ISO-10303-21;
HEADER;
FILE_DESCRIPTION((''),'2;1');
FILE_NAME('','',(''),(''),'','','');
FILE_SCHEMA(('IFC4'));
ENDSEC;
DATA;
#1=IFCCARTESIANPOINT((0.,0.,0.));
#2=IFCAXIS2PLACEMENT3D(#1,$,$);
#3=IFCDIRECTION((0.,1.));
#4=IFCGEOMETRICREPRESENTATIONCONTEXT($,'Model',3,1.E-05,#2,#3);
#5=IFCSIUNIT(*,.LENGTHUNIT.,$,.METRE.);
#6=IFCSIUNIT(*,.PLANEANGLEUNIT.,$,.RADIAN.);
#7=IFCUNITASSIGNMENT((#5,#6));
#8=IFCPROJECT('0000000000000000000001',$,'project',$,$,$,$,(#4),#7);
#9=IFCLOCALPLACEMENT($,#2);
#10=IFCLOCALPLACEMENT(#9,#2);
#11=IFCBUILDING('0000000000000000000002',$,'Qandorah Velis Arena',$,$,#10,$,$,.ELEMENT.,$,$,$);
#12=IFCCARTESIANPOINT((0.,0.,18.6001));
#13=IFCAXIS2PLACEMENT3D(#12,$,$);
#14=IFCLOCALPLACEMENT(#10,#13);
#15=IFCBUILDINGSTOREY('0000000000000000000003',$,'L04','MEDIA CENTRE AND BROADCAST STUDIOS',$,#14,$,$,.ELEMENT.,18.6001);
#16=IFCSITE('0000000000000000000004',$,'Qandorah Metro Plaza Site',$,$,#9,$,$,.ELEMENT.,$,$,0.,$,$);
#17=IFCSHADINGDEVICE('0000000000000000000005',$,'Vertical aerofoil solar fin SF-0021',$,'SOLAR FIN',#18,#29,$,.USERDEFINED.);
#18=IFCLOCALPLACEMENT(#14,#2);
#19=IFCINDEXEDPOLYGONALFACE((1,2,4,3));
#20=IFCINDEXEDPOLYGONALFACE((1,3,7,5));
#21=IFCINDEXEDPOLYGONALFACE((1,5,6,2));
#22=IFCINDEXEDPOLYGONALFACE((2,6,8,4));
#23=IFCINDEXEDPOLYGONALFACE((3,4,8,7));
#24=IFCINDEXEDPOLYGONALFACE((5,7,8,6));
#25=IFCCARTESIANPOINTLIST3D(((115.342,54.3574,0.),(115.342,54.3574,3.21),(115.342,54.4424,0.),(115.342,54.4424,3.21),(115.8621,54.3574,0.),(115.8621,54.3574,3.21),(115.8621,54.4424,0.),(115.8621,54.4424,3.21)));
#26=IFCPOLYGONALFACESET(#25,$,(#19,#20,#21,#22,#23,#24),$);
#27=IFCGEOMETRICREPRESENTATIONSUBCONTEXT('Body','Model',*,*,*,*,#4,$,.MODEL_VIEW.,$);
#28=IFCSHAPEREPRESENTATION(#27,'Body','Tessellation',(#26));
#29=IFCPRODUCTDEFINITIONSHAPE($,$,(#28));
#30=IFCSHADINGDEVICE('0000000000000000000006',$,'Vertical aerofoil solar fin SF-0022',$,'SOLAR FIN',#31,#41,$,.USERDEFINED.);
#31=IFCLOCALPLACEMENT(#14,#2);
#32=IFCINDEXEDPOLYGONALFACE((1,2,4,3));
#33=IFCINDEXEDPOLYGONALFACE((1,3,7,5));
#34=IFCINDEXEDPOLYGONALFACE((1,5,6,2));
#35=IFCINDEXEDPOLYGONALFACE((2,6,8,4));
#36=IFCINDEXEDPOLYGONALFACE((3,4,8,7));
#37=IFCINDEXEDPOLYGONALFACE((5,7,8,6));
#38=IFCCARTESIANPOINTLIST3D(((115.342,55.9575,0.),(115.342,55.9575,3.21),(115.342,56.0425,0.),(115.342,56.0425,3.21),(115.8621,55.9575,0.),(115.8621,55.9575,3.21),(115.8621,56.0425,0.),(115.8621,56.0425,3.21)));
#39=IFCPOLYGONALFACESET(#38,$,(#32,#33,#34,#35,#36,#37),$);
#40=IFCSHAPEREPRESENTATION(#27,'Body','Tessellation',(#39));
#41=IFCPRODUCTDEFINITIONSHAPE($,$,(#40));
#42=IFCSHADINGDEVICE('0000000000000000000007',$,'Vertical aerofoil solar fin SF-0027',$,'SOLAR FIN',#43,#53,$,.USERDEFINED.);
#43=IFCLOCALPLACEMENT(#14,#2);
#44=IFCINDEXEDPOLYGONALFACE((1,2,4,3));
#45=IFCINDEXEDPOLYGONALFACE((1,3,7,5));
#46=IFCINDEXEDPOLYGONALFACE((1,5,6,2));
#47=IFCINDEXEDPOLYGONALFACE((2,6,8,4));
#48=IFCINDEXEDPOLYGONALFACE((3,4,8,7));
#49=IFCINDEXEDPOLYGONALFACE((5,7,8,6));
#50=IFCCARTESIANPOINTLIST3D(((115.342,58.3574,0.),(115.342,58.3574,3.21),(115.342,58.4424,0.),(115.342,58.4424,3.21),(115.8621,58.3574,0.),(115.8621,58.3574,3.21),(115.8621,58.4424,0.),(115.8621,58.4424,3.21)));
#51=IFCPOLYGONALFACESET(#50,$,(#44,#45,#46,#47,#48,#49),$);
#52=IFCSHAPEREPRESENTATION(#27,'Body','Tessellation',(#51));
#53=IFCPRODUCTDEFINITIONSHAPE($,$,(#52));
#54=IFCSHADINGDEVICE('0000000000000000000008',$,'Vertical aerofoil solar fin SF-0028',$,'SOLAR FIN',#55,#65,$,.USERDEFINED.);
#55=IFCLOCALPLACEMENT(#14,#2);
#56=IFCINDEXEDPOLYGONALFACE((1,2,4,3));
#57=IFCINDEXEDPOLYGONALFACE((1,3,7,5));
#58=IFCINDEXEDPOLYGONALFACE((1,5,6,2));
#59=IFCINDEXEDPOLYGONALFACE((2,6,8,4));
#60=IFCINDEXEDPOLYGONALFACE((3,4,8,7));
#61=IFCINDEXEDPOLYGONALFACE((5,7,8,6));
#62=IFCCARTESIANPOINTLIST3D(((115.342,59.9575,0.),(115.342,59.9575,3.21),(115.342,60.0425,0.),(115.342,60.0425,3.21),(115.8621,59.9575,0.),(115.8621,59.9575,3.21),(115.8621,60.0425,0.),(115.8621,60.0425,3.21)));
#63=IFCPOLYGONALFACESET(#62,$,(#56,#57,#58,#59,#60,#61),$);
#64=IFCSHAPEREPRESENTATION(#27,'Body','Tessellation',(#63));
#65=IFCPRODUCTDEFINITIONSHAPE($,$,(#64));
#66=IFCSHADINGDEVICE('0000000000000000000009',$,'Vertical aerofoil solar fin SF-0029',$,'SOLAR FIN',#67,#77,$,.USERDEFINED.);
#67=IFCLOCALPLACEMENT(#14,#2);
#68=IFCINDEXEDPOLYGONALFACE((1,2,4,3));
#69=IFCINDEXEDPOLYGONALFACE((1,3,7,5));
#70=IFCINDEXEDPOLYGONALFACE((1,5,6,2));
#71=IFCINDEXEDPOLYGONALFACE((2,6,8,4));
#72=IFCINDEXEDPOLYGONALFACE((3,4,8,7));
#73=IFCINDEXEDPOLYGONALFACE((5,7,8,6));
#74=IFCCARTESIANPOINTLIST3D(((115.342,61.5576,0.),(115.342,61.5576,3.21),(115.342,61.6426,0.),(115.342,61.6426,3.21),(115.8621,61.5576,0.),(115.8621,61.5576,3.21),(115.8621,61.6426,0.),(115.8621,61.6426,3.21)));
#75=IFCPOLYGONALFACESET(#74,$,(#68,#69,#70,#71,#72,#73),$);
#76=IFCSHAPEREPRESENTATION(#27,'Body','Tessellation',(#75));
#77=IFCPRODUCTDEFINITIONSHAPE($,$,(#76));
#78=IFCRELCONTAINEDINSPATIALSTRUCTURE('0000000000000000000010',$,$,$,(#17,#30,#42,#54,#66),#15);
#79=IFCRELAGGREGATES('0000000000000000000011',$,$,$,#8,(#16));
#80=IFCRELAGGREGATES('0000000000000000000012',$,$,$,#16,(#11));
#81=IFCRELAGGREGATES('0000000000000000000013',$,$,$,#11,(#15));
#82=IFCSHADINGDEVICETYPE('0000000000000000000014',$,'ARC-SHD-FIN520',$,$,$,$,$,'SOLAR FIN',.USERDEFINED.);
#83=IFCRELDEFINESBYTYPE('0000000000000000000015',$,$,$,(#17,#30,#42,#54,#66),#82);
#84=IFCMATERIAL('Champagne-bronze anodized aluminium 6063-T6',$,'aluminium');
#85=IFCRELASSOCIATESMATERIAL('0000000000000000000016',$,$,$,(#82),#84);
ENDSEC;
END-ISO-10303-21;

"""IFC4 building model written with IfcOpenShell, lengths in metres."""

from ifc_helpers import new_model, si_unit, direction, frame, origin, origin_2d, place, context, subcontext, project, spatial, rectangle, extrude, material, type_object, element, save


model = new_model("IFC4")

# Units and contexts
model_context = context("Model", 3, precision=1e-05, world=origin(), true_north=direction((0.0, 1.0)))
body_context = subcontext(model_context, "Body", "Model", "MODEL_VIEW")
ifc_project = project(units=[si_unit("LENGTHUNIT", "METRE"), si_unit("PLANEANGLEUNIT", "RADIAN")], contexts=[model_context])

# Site, building, storey
site_placement = place(None, origin())
site = spatial("IfcSite", under=ifc_project, at=site_placement, Name="Qandorah Metro Plaza Site", CompositionType="ELEMENT", RefElevation=0.0)
building_placement = place(site_placement, origin())
building = spatial("IfcBuilding", under=site, at=building_placement, Name="Qandorah Velis Arena", CompositionType="ELEMENT")
storey_placement = place(building_placement, frame((0.0, 0.0, 18.6001)))
storey = spatial("IfcBuildingStorey", under=building, at=storey_placement, Name="L04", Description="MEDIA CENTRE AND BROADCAST STUDIOS", CompositionType="ELEMENT", Elevation=18.6001)

# Shared definitions
ifc_material = material(Name="Champagne-bronze anodized aluminium 6063-T6", Category="aluminium")

# Shading devices
shading_device_type = type_object("IfcShadingDeviceType", Name="ARC-SHD-FIN520", ElementType="SOLAR FIN", PredefinedType="USERDEFINED", material=ifc_material)
for number, where, z_axis, x_axis, name in (
    (1, (115.6021, 54.3999, 0.0), (0.0, 0.0, 1.0), (1.0, 0.0, 0.0), "Vertical aerofoil solar fin SF-0021"),
    (2, (115.6021, 56.0, 0.0), (0.0, 0.0, 1.0), (1.0, 0.0, 0.0), "Vertical aerofoil solar fin SF-0022"),
    (3, (115.6021, 58.3999, 0.0), (0.0, 0.0, 1.0), (1.0, 0.0, 0.0), "Vertical aerofoil solar fin SF-0027"),
    (4, (115.6021, 60.0, 0.0), (0.0, 0.0, 1.0), (1.0, 0.0, 0.0), "Vertical aerofoil solar fin SF-0028"),
    (5, (115.6021, 61.6001, 0.0), (0.0, 0.0, 1.0), (1.0, 0.0, 0.0), "Vertical aerofoil solar fin SF-0029"),
):
    element("IfcShadingDevice", number, at=place(storey_placement, frame(where, z_axis=z_axis, x_axis=x_axis)), inside=storey, type_object=shading_device_type, Name=name, ObjectType="SOLAR FIN", PredefinedType="USERDEFINED", context=body_context, shape_type="SweptSolid", body=[
        extrude(rectangle(XDim=0.52, YDim=0.085, at=origin_2d()), origin(), (0.0, 0.0, 1.0), 3.21),
    ])

save(model, "model.ifc")
